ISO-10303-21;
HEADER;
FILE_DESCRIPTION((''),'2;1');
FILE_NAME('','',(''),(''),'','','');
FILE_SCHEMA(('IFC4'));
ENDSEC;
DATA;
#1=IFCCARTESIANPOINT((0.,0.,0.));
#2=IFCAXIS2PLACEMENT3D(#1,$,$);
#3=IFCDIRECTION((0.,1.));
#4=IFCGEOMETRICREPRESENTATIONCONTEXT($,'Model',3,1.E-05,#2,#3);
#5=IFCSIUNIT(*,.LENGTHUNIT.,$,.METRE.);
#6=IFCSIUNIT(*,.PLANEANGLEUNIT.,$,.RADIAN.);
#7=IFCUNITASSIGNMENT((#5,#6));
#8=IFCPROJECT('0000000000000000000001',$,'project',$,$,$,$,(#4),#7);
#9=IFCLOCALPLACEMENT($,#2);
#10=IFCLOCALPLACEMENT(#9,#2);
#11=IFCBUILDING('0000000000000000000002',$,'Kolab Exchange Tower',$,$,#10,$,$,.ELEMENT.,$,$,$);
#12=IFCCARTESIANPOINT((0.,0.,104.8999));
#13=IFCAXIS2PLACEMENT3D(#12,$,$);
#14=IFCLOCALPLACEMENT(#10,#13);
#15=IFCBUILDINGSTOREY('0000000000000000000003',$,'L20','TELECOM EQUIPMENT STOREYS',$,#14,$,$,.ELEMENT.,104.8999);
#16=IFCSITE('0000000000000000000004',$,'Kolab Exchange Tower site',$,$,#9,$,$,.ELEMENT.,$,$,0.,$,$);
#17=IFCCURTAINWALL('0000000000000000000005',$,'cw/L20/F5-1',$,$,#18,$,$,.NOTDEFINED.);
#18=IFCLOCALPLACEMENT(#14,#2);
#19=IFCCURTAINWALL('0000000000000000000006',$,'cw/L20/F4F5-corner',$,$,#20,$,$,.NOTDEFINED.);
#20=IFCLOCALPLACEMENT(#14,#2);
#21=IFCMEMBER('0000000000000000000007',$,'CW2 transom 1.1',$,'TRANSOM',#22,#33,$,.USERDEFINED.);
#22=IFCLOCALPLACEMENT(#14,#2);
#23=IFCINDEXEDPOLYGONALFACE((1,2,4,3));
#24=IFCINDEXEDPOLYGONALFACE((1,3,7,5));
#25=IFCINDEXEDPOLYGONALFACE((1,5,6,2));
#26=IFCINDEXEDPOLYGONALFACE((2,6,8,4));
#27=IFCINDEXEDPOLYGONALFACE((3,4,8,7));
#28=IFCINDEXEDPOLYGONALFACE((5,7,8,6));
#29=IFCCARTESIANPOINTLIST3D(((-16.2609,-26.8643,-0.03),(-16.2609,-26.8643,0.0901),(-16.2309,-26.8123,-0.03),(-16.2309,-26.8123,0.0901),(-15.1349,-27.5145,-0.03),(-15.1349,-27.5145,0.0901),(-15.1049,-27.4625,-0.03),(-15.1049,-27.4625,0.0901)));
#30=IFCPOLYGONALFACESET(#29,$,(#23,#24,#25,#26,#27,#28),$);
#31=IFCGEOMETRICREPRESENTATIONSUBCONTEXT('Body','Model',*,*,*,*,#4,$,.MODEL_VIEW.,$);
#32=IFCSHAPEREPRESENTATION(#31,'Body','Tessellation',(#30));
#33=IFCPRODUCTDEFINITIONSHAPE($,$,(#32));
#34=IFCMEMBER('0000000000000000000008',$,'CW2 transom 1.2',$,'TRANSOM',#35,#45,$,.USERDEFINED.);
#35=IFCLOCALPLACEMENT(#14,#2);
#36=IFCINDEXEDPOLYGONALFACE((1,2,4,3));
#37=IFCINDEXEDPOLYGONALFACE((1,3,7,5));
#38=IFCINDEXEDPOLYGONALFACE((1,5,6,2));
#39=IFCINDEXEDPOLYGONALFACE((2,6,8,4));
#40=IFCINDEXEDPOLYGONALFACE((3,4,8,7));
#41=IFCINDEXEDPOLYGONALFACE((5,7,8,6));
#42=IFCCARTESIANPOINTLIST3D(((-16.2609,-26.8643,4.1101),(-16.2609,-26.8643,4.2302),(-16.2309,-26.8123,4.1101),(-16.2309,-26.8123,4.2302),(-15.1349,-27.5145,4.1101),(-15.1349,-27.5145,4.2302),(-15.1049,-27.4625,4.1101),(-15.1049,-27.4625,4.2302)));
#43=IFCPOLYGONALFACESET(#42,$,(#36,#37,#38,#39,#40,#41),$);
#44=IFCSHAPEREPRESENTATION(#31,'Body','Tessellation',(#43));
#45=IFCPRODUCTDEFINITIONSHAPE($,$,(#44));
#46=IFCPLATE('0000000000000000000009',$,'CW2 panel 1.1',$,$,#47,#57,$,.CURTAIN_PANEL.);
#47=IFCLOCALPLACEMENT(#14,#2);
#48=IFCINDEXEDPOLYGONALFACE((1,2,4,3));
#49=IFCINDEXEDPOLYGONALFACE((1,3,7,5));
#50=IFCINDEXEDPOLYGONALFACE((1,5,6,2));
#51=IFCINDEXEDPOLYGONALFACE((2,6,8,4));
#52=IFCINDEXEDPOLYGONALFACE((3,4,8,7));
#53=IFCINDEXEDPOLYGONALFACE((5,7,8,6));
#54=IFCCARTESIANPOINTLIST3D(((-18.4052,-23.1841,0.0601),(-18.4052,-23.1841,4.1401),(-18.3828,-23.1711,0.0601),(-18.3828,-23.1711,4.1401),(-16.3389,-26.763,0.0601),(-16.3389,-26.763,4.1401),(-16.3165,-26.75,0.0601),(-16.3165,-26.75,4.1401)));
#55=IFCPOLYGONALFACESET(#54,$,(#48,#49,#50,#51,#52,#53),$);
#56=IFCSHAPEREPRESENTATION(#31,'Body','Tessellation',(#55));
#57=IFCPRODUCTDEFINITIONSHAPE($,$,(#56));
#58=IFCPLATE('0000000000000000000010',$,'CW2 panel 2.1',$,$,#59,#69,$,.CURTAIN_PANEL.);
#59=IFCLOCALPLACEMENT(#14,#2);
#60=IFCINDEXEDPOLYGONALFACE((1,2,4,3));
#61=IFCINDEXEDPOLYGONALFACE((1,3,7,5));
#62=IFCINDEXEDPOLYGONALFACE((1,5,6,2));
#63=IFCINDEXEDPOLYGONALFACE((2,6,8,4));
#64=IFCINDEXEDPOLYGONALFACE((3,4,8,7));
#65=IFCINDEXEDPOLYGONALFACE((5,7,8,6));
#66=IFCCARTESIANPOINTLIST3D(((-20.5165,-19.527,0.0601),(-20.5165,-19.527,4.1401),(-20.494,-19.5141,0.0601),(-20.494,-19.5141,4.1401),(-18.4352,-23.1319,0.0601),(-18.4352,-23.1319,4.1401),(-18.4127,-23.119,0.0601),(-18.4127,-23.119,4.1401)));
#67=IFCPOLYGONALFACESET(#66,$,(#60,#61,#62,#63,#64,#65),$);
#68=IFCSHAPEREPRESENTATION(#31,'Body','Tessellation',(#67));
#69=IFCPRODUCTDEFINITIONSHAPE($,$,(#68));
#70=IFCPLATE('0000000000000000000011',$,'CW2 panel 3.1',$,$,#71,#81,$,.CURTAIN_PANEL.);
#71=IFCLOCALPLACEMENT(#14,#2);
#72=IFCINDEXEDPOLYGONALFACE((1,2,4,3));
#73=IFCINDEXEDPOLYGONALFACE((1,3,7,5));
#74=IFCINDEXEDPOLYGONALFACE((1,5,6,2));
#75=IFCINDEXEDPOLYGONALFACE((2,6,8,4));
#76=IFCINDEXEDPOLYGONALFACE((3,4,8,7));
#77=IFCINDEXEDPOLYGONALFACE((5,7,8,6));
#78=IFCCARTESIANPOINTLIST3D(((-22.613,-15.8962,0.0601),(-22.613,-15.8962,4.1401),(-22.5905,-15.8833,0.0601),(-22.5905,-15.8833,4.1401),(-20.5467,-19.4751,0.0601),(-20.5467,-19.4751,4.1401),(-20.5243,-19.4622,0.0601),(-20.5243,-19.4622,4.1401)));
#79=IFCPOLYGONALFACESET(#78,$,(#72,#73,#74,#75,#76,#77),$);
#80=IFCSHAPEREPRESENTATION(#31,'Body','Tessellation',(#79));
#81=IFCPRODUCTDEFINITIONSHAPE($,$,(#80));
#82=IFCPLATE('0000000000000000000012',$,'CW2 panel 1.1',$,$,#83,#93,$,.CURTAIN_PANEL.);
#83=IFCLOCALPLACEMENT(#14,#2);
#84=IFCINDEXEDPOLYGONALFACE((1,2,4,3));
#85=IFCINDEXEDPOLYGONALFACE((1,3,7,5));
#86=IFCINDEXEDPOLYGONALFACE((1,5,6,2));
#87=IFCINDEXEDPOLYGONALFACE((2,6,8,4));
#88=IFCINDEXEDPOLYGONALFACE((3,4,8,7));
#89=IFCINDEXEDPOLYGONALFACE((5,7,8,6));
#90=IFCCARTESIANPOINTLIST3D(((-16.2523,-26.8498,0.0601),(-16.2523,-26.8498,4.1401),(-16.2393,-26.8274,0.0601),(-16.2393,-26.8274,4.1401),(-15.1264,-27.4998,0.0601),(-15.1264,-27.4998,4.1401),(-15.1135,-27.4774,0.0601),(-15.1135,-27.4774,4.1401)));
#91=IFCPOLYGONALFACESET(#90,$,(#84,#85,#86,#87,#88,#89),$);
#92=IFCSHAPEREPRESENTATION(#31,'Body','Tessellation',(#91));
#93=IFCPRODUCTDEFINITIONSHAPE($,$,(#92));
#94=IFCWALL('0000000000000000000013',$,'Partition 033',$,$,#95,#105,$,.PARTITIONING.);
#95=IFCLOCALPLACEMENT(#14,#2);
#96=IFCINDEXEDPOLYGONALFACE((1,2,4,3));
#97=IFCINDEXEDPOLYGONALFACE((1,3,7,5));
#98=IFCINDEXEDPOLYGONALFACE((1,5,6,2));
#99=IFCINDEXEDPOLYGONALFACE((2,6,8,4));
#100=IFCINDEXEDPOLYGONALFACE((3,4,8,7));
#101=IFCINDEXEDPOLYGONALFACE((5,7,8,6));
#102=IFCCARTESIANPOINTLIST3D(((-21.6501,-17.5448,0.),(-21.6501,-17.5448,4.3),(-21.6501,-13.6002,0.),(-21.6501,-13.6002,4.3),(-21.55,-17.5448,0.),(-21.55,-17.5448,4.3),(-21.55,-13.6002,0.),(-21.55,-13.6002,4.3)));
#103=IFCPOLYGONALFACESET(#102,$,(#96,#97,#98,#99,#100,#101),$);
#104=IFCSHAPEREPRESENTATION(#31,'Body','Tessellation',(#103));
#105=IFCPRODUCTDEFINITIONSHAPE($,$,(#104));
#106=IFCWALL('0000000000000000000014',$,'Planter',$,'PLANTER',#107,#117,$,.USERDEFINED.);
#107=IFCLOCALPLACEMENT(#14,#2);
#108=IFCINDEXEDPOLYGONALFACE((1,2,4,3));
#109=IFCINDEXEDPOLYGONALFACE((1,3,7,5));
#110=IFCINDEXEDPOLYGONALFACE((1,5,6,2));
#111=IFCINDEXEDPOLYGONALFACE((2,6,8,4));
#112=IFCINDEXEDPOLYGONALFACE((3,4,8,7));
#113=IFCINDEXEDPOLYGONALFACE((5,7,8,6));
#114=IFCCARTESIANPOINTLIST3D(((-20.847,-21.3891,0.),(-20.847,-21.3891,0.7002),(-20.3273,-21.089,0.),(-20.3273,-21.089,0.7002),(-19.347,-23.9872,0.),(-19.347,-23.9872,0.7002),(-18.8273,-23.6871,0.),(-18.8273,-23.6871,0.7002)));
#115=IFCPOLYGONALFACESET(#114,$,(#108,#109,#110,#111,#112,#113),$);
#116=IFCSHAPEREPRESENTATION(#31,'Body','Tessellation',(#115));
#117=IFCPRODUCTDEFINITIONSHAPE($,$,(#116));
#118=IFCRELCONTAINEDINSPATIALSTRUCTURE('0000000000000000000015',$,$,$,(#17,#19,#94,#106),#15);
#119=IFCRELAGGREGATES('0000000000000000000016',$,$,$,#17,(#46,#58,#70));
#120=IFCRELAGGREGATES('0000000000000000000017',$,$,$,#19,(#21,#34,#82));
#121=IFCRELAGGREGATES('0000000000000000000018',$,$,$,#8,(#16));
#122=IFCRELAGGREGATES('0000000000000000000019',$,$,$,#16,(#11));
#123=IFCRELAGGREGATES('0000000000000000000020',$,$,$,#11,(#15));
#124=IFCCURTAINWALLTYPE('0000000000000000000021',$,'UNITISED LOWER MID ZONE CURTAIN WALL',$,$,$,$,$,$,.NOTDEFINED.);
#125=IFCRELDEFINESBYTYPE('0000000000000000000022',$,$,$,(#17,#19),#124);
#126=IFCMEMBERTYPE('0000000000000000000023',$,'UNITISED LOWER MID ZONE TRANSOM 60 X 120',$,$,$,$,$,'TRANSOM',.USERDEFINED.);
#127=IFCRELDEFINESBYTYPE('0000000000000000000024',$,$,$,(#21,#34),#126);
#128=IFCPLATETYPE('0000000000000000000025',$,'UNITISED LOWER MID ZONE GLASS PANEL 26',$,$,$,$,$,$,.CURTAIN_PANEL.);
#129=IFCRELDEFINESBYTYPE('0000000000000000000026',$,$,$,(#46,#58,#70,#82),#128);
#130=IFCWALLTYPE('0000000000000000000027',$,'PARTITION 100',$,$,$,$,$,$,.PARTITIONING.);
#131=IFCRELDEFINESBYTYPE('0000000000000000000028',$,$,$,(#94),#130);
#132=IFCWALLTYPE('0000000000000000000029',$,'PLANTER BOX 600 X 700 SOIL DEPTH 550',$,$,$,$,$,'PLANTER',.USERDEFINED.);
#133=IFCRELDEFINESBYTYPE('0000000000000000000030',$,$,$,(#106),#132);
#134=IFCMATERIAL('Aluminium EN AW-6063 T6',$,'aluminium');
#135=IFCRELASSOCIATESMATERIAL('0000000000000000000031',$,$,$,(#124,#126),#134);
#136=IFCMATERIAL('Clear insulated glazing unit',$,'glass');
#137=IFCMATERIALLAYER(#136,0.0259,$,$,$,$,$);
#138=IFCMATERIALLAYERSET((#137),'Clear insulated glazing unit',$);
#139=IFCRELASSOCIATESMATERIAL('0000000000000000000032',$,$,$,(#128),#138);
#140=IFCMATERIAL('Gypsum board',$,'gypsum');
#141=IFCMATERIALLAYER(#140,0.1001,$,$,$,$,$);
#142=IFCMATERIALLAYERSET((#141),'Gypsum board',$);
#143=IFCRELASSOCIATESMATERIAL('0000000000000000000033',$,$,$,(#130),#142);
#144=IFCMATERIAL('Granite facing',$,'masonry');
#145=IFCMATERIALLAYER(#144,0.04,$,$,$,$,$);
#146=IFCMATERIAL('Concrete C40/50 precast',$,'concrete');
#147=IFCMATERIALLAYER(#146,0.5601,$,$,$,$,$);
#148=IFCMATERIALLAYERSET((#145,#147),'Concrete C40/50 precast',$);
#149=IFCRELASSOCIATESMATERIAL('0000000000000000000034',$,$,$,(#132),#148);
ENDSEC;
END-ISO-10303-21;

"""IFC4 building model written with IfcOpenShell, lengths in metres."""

from ifc_helpers import new_model, si_unit, direction, frame, frame_2d, origin, origin_2d, place, context, subcontext, project, spatial, rectangle, extrude, material, layer, layer_set, material_profile, profile_set, type_object, element, aggregate, save


model = new_model("IFC4")

# Units and contexts
model_context = context("Model", 3, precision=1e-05, world=origin(), true_north=direction((0.0, 1.0)))
body_context = subcontext(model_context, "Body", "Model", "MODEL_VIEW")
ifc_project = project(units=[si_unit("LENGTHUNIT", "METRE"), si_unit("PLANEANGLEUNIT", "RADIAN")], contexts=[model_context])

# Site, building, storey
site_placement = place(None, origin())
site = spatial("IfcSite", under=ifc_project, at=site_placement, Name="Kolab Exchange Tower site", CompositionType="ELEMENT", RefElevation=0.0)
building_placement = place(site_placement, origin())
building = spatial("IfcBuilding", under=site, at=building_placement, Name="Kolab Exchange Tower", CompositionType="ELEMENT")
storey_placement = place(building_placement, frame((0.0, 0.0, 104.8999)))
storey = spatial("IfcBuildingStorey", under=building, at=storey_placement, Name="L20", Description="TELECOM EQUIPMENT STOREYS", CompositionType="ELEMENT", Elevation=104.8999)

# Shared definitions
ifc_material_1 = material(Name="Aluminium EN AW-6063 T6", Category="aluminium")
curtain_wall_type = type_object("IfcCurtainWallType", Name="UNITISED LOWER MID ZONE CURTAIN WALL", PredefinedType="NOTDEFINED", material=ifc_material_1)

# Curtain walls
curtain_wall_1_placement = place(storey_placement, origin())
curtain_wall_1 = element("IfcCurtainWall", 1, at=curtain_wall_1_placement, inside=storey, type_object=curtain_wall_type, Name="cw/L20/F5-1", PredefinedType="NOTDEFINED")
curtain_wall_2_placement = place(storey_placement, origin())
curtain_wall_2 = element("IfcCurtainWall", 2, at=curtain_wall_2_placement, inside=storey, type_object=curtain_wall_type, Name="cw/L20/F4F5-corner", PredefinedType="NOTDEFINED")

# Members
ifc_material_profile_1 = material_profile(ifc_material_1, rectangle(XDim=0.0601, YDim=0.1201, at=origin_2d()), Name="RECT 60X120")
ifc_profile_set_1 = profile_set([ifc_material_profile_1], Name="Aluminium EN AW-6063 T6")
member_type_1 = type_object("IfcMemberType", Name="UNITISED LOWER MID ZONE TRANSOM 60 X 120", ElementType="TRANSOM", PredefinedType="USERDEFINED", material=ifc_profile_set_1)
member_1_placement = place(storey_placement, frame((-15.1199, -27.4885, 0.03), z_axis=(-0.866004, 0.500037, 0.0), x_axis=(-0.500037, -0.866004, 0.0)))
member_1 = element("IfcMember", 3, at=member_1_placement, type_object=member_type_1, Name="CW2 transom 1.1", ObjectType="TRANSOM", PredefinedType="USERDEFINED", context=body_context, shape_type="SweptSolid", body=[
    extrude(rectangle(XDim=0.0601, YDim=0.1201, at=origin_2d()), origin(), (0.0, 0.0, 1.0), 1.3003),
])
member_2_placement = place(storey_placement, frame((-15.1199, -27.4885, 4.1702), z_axis=(-0.866004, 0.500037, 0.0), x_axis=(-0.500037, -0.866004, 0.0)))
member_2 = element("IfcMember", 4, at=member_2_placement, type_object=member_type_1, Name="CW2 transom 1.2", ObjectType="TRANSOM", PredefinedType="USERDEFINED", context=body_context, shape_type="SweptSolid", body=[
    extrude(rectangle(XDim=0.0601, YDim=0.1201, at=origin_2d()), origin(), (0.0, 0.0, 1.0), 1.3003),
])

# Plates
ifc_material_2 = material(Name="Clear insulated glazing unit", Category="glass")
ifc_layer_1 = layer(ifc_material_2, 0.0259)
ifc_layer_set_1 = layer_set([ifc_layer_1], Name="Clear insulated glazing unit")
plate_type = type_object("IfcPlateType", Name="UNITISED LOWER MID ZONE GLASS PANEL 26", PredefinedType="CURTAIN_PANEL", material=ifc_layer_set_1)
plate_1_placement = place(storey_placement, frame((-17.3608, -24.967, 0.0601), z_axis=(0.0, 0.0, 1.0), x_axis=(-0.5, 0.866025, 0.0)))
plate_1 = element("IfcPlate", 5, at=plate_1_placement, type_object=plate_type, Name="CW2 panel 1.1", PredefinedType="CURTAIN_PANEL", context=body_context, shape_type="SweptSolid", body=[
    extrude(rectangle(XDim=4.1326, YDim=0.0259, at=origin_2d()), origin(), (0.0, 0.0, 1.0), 4.0801),
])
plate_2_placement = place(storey_placement, frame((-19.4646, -21.323, 0.0601), z_axis=(0.0, 0.0, 1.0), x_axis=(-0.5, 0.866025, 0.0)))
plate_2 = element("IfcPlate", 6, at=plate_2_placement, type_object=plate_type, Name="CW2 panel 2.1", PredefinedType="CURTAIN_PANEL", context=body_context, shape_type="SweptSolid", body=[
    extrude(rectangle(XDim=4.1626, YDim=0.0259, at=origin_2d()), origin(), (0.0, 0.0, 1.0), 4.0801),
])
plate_3_placement = place(storey_placement, frame((-21.5686, -17.6792, 0.0601), z_axis=(0.0, 0.0, 1.0), x_axis=(-0.5, 0.866025, 0.0)))
plate_3 = element("IfcPlate", 7, at=plate_3_placement, type_object=plate_type, Name="CW2 panel 3.1", PredefinedType="CURTAIN_PANEL", context=body_context, shape_type="SweptSolid", body=[
    extrude(rectangle(XDim=4.1326, YDim=0.0259, at=origin_2d()), origin(), (0.0, 0.0, 1.0), 4.0801),
])
aggregate(curtain_wall_1, [plate_1, plate_2, plate_3])
plate_4_placement = place(storey_placement, frame((-15.6829, -27.1636, 0.0601), z_axis=(0.0, 0.0, 1.0), x_axis=(-0.866025, 0.5, 0.0)))
plate_4 = element("IfcPlate", 8, at=plate_4_placement, type_object=plate_type, Name="CW2 panel 1.1", PredefinedType="CURTAIN_PANEL", context=body_context, shape_type="SweptSolid", body=[
    extrude(rectangle(XDim=1.3, YDim=0.0259, at=origin_2d()), origin(), (0.0, 0.0, 1.0), 4.0801),
])
aggregate(curtain_wall_2, [member_1, member_2, plate_4])

# Walls
ifc_material_3 = material(Name="Gypsum board", Category="gypsum")
ifc_layer_2 = layer(ifc_material_3, 0.1001)
ifc_layer_set_2 = layer_set([ifc_layer_2], Name="Gypsum board")
wall_type_1 = type_object("IfcWallType", Name="PARTITION 100", PredefinedType="PARTITIONING", material=ifc_layer_set_2)
wall_1_placement = place(storey_placement, frame((-21.6001, -17.5447, 0.0), z_axis=(0.0, 0.0, 1.0), x_axis=(0.0, 1.0, 0.0)))
element("IfcWall", 9, at=wall_1_placement, inside=storey, type_object=wall_type_1, Name="Partition 033", PredefinedType="PARTITIONING", context=body_context, shape_type="SweptSolid", body=[
    extrude(rectangle(XDim=3.9446, YDim=0.1001, at=frame_2d((1.9722, 0.0))), origin(), (0.0, 0.0, 1.0), 4.3),
])
ifc_material_4 = material(Name="Granite facing", Category="masonry")
ifc_layer_3 = layer(ifc_material_4, 0.04)
ifc_material_5 = material(Name="Concrete C40/50 precast", Category="concrete")
ifc_layer_4 = layer(ifc_material_5, 0.5601)
ifc_layer_set_3 = layer_set([ifc_layer_3, ifc_layer_4], Name="Concrete C40/50 precast")
wall_type_2 = type_object("IfcWallType", Name="PLANTER BOX 600 X 700 SOIL DEPTH 550", ElementType="PLANTER", PredefinedType="USERDEFINED", material=ifc_layer_set_3)
wall_2_placement = place(storey_placement, frame((-19.0872, -23.8372, 0.0), z_axis=(0.0, 0.0, 1.0), x_axis=(-0.49999, 0.866031, 0.0)))
element("IfcWall", 10, at=wall_2_placement, inside=storey, type_object=wall_type_2, Name="Planter", ObjectType="PLANTER", PredefinedType="USERDEFINED", context=body_context, shape_type="SweptSolid", body=[
    extrude(rectangle(XDim=3.0, YDim=0.6001, at=frame_2d((1.5, 0.0))), origin(), (0.0, 0.0, 1.0), 0.7002),
])

save(model, "model.ifc")
